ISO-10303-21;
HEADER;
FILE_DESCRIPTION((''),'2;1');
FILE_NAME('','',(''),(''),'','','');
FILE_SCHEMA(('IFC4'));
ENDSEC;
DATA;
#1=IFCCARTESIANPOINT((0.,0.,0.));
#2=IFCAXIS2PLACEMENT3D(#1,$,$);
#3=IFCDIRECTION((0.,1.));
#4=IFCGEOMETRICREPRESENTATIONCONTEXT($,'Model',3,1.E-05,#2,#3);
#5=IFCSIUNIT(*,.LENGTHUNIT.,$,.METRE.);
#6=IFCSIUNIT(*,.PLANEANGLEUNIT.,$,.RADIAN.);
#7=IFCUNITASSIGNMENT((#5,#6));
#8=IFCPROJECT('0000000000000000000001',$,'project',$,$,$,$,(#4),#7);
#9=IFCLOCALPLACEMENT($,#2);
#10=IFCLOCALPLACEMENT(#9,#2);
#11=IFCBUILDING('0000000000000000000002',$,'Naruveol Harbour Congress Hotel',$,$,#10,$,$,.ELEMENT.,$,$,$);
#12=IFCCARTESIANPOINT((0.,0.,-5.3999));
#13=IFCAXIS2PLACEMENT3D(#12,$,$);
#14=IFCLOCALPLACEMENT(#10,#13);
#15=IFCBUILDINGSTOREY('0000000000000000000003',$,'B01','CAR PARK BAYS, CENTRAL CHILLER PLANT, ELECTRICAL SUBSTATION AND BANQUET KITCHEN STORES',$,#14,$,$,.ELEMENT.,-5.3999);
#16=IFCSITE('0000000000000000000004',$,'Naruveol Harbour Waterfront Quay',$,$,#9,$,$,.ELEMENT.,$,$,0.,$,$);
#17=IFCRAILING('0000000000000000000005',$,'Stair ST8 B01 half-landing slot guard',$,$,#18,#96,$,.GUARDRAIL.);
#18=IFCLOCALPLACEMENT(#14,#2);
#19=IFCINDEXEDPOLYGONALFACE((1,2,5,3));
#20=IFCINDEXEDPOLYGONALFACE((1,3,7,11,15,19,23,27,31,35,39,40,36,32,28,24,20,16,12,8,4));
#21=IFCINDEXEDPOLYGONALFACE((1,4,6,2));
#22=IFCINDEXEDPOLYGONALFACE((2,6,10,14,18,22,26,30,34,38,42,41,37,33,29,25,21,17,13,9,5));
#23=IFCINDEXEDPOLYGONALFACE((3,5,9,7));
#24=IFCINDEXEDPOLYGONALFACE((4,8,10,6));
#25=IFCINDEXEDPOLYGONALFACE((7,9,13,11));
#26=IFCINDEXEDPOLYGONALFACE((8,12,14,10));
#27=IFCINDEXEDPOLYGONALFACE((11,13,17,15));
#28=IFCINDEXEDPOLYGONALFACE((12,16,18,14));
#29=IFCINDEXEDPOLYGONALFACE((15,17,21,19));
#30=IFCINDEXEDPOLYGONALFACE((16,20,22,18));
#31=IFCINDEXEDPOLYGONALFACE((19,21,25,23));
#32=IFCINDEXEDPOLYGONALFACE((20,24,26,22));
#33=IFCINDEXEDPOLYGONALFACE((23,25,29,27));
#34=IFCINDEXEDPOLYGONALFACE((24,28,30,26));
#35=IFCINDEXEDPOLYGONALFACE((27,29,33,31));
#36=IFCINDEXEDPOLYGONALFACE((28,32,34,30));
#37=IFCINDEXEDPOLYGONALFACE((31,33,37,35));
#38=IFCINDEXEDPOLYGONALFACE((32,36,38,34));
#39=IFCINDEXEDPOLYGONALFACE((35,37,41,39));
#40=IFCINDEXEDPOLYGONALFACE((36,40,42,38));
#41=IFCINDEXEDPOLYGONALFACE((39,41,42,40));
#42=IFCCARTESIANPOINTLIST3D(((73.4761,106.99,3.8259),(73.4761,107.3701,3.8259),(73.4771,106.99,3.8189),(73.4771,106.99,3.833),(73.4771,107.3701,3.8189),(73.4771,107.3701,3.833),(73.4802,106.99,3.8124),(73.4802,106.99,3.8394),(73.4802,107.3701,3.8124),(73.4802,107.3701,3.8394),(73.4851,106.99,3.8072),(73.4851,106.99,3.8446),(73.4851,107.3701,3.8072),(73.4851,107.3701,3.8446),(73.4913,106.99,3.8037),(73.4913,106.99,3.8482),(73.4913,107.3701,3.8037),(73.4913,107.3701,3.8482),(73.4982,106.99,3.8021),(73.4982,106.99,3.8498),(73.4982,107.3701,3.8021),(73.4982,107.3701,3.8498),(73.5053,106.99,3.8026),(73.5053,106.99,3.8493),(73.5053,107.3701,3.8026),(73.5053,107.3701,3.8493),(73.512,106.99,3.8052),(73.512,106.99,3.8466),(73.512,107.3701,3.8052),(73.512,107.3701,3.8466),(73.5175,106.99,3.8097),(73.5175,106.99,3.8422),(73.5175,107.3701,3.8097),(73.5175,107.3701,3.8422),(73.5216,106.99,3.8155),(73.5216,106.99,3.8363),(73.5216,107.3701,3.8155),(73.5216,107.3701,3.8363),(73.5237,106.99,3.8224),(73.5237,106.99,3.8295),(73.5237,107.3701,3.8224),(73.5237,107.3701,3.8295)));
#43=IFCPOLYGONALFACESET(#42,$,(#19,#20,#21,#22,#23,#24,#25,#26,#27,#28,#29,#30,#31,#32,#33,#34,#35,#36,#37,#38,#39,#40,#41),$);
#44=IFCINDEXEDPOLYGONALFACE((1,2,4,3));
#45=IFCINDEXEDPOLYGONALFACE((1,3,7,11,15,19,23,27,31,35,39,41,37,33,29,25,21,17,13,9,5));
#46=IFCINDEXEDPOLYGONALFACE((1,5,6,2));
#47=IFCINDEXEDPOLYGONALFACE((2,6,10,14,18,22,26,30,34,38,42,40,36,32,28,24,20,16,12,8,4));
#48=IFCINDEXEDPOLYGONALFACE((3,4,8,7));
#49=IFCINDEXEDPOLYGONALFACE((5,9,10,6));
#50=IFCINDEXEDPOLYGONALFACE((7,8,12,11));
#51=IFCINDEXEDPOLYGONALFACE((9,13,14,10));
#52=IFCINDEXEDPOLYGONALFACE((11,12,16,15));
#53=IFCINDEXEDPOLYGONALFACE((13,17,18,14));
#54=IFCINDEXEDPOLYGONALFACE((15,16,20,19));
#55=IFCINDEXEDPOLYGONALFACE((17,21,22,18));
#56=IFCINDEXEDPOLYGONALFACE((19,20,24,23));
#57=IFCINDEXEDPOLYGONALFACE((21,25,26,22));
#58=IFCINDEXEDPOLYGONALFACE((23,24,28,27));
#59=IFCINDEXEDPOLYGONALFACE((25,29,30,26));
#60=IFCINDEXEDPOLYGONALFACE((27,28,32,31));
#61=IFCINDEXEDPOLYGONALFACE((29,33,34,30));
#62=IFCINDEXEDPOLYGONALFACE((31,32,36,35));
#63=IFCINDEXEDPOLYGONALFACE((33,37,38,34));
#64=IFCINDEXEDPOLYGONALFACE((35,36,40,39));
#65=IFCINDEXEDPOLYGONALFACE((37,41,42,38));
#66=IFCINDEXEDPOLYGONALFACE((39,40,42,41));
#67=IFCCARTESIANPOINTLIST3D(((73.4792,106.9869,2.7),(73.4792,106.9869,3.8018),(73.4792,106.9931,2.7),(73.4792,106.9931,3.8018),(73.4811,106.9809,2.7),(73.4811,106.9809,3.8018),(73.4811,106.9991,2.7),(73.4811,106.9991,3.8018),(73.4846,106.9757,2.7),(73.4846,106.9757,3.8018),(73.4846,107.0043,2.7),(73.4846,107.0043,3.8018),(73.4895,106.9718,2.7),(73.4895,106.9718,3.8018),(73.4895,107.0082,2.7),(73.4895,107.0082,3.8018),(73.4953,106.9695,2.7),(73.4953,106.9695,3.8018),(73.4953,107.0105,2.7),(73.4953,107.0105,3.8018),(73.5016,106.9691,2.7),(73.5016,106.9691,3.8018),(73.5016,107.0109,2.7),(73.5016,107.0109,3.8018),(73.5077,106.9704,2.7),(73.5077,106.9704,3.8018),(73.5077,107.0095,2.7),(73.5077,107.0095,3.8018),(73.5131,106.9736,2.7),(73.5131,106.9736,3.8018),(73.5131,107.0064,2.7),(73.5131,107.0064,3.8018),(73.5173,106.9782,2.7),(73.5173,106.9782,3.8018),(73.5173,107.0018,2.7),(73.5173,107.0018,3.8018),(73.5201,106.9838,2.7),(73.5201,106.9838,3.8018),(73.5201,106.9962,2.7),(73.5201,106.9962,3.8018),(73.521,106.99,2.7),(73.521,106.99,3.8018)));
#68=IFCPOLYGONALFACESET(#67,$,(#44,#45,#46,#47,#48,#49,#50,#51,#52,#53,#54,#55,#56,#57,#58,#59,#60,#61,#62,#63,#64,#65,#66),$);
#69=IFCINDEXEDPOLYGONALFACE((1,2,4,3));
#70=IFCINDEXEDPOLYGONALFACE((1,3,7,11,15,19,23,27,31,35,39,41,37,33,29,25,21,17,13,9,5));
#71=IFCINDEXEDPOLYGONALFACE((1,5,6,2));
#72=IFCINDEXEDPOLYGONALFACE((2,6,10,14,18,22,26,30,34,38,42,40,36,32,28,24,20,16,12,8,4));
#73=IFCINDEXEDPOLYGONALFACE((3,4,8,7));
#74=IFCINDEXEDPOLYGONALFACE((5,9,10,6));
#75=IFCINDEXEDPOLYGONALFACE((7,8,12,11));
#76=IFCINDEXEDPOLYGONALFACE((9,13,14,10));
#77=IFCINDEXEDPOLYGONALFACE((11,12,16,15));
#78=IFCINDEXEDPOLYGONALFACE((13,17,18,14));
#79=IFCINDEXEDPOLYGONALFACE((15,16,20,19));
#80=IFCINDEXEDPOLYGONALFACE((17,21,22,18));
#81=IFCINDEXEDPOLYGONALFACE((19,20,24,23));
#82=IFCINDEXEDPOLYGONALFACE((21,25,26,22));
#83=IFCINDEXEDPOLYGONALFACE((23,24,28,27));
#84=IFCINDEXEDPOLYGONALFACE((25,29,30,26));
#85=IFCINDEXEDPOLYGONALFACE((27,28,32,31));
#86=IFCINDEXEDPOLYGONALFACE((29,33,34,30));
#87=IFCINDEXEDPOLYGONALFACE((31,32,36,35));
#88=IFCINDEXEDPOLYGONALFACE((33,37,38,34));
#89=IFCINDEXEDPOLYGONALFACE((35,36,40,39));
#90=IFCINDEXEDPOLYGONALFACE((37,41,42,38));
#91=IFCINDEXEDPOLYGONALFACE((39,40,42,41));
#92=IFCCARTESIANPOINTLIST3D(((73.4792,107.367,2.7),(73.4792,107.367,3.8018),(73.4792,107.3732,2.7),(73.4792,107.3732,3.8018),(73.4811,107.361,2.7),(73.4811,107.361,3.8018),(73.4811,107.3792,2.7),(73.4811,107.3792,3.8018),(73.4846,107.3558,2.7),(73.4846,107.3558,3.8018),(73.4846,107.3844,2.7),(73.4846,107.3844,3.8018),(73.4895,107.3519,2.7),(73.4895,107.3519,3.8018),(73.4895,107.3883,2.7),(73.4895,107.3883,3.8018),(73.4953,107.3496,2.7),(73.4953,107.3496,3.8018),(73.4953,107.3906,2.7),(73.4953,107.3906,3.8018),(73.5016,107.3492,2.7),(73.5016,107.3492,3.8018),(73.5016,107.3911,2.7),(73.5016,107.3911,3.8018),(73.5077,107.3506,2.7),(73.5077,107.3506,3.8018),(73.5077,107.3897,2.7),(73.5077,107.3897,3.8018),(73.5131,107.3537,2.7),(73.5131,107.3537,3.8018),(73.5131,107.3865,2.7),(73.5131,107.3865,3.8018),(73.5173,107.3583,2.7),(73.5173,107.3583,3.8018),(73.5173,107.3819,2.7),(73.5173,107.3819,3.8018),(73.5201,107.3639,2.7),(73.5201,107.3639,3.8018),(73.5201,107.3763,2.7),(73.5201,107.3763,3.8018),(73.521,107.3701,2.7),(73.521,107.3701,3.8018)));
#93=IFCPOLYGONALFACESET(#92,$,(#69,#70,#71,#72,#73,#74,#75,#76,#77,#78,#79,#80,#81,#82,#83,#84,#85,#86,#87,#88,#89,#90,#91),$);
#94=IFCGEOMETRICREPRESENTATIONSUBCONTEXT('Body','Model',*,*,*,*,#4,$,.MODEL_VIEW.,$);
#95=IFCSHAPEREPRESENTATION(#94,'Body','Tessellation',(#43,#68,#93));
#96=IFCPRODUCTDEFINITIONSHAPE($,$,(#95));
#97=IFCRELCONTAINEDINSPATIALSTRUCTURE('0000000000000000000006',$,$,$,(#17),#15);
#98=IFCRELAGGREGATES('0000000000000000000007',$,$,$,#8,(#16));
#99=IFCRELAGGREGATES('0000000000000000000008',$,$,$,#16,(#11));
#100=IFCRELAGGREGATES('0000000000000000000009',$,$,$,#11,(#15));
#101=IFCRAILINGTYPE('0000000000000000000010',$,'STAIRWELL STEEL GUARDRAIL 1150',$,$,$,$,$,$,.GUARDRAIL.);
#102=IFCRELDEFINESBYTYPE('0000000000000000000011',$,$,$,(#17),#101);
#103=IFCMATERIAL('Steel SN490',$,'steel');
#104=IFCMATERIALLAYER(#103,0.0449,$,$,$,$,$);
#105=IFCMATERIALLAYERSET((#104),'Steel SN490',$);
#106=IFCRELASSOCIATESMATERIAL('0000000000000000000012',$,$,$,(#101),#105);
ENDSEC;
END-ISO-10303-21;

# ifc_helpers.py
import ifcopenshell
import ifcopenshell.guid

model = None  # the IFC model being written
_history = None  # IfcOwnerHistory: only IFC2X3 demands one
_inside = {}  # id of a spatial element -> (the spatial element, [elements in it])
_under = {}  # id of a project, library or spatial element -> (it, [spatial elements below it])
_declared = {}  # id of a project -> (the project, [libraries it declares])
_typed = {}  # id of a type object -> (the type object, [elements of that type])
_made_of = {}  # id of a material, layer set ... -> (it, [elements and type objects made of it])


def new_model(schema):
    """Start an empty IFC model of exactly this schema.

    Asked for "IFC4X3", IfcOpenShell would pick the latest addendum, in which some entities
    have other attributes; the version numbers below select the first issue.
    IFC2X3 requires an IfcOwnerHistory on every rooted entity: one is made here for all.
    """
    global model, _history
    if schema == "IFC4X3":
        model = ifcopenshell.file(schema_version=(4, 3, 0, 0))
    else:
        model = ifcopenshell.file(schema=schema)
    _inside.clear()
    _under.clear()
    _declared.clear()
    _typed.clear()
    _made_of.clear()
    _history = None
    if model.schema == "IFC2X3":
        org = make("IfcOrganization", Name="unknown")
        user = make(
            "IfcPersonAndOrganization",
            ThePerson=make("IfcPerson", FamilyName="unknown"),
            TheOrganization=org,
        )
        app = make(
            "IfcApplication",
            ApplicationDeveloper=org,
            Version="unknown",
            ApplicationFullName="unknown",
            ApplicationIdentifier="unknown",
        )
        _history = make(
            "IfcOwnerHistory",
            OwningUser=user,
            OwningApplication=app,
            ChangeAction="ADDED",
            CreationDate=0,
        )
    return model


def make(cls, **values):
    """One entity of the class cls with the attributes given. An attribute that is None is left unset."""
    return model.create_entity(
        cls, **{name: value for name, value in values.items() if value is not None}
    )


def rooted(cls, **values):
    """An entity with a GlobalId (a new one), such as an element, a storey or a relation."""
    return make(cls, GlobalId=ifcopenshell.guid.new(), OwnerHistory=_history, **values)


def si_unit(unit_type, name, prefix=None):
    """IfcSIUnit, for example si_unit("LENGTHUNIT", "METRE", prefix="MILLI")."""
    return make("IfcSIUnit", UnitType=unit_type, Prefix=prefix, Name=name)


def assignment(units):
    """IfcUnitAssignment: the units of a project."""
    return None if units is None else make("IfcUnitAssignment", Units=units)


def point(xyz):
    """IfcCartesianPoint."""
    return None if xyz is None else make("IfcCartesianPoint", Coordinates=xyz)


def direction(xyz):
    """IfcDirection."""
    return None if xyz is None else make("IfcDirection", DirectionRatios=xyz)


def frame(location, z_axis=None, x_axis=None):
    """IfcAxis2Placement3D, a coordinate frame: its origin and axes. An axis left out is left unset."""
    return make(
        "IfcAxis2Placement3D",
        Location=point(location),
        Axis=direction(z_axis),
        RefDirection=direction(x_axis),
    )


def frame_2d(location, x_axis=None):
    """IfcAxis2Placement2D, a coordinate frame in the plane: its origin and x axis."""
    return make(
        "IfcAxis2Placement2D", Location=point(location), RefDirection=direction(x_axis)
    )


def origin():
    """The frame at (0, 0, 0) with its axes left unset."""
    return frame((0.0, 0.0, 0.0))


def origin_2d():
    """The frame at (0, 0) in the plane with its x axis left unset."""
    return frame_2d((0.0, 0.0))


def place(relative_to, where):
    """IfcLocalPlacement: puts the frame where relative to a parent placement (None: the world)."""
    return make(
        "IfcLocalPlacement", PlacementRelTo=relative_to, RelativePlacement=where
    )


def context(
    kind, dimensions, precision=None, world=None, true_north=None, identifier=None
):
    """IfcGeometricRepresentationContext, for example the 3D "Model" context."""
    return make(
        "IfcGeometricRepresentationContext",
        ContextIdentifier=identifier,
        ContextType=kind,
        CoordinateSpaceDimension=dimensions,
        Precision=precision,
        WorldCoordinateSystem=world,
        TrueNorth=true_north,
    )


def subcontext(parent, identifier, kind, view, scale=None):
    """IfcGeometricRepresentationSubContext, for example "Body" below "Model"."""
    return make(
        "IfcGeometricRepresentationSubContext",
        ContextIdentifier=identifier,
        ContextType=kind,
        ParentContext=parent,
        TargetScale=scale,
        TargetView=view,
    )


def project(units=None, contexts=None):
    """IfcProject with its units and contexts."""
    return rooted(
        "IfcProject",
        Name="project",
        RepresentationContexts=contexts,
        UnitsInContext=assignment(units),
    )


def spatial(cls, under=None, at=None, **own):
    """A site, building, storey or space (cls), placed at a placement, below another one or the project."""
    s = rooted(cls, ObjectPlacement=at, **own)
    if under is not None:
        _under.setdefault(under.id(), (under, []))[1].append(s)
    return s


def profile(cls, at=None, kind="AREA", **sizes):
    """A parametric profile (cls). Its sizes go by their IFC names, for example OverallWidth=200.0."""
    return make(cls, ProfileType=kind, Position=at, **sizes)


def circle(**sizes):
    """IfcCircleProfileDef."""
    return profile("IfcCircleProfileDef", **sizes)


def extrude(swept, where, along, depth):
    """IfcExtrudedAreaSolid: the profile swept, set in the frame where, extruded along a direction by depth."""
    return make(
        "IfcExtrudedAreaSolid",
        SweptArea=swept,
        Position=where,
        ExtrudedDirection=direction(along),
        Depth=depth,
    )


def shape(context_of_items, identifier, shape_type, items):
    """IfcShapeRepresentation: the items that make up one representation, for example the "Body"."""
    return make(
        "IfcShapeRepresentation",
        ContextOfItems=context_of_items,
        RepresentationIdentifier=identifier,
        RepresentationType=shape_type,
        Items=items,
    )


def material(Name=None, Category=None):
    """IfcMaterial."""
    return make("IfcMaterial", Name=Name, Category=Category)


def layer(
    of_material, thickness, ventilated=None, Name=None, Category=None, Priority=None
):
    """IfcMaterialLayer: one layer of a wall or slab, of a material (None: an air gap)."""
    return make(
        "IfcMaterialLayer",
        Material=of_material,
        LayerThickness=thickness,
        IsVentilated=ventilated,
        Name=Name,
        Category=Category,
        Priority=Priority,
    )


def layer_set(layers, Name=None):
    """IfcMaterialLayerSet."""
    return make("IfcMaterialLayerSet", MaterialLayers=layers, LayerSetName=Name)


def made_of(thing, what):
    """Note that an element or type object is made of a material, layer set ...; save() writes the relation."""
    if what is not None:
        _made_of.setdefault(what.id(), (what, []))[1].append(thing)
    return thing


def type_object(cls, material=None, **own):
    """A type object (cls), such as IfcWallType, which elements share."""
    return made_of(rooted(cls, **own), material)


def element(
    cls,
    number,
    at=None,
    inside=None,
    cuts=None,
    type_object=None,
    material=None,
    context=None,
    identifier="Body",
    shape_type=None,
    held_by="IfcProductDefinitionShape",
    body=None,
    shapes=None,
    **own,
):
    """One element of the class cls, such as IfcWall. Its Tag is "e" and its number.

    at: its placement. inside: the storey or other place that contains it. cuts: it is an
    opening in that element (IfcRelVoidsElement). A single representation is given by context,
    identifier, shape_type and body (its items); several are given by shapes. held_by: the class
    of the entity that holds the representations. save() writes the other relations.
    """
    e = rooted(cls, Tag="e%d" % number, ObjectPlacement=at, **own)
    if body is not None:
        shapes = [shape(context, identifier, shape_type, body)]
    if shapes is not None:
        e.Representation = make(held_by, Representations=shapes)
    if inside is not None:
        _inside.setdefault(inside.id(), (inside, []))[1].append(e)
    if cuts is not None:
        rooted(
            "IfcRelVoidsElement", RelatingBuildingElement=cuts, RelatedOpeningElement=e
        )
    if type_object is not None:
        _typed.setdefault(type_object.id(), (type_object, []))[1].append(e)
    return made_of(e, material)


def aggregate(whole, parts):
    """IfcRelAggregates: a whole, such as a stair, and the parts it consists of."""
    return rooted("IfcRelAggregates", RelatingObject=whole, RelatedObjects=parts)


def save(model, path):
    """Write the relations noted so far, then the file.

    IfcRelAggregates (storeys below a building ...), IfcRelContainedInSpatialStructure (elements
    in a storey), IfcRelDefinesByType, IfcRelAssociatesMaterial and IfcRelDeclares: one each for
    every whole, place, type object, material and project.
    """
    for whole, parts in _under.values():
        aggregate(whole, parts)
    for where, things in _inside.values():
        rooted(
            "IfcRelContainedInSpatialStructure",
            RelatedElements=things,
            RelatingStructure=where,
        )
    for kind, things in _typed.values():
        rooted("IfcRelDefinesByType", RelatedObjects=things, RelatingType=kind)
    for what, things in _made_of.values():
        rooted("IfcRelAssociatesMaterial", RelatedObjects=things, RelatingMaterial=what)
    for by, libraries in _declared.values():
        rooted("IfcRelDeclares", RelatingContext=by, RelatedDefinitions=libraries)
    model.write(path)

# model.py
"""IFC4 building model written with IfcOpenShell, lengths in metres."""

from ifc_helpers import new_model, si_unit, direction, frame, origin, origin_2d, place, context, subcontext, project, spatial, circle, extrude, material, layer, layer_set, type_object, element, save


model = new_model("IFC4")

# Units and contexts
model_context = context("Model", 3, precision=1e-05, world=origin(), true_north=direction((0.0, 1.0)))
body_context = subcontext(model_context, "Body", "Model", "MODEL_VIEW")
ifc_project = project(units=[si_unit("LENGTHUNIT", "METRE"), si_unit("PLANEANGLEUNIT", "RADIAN")], contexts=[model_context])

# Site, building, storey
site_placement = place(None, origin())
site = spatial("IfcSite", under=ifc_project, at=site_placement, Name="Naruveol Harbour Waterfront Quay", CompositionType="ELEMENT", RefElevation=0.0)
building_placement = place(site_placement, origin())
building = spatial("IfcBuilding", under=site, at=building_placement, Name="Naruveol Harbour Congress Hotel", CompositionType="ELEMENT")
storey_placement = place(building_placement, frame((0.0, 0.0, -5.3999)))
storey = spatial("IfcBuildingStorey", under=building, at=storey_placement, Name="B01", Description="CAR PARK BAYS, CENTRAL CHILLER PLANT, ELECTRICAL SUBSTATION AND BANQUET KITCHEN STORES", CompositionType="ELEMENT", Elevation=-5.3999)

# Railing
ifc_material_1 = material(Name="Steel SN490", Category="steel")
ifc_layer_1 = layer(ifc_material_1, 0.0449)
ifc_layer_set_1 = layer_set([ifc_layer_1], Name="Steel SN490")
railing_type_1 = type_object("IfcRailingType", Name="STAIRWELL STEEL GUARDRAIL 1150", PredefinedType="GUARDRAIL", material=ifc_layer_set_1)
railing_1_placement = place(storey_placement, frame((73.5, 106.99, 2.7)))
element("IfcRailing", 1, at=railing_1_placement, inside=storey, type_object=railing_type_1, Name="Stair ST8 B01 half-landing slot guard", PredefinedType="GUARDRAIL", context=body_context, shape_type="SweptSolid", body=[
    extrude(circle(Radius=0.0239, at=origin_2d()), frame((0.0, 0.0, 1.126), z_axis=(0.0, 1.0, 0.0), x_axis=(-1.0, 0.0, 0.0)), (0.0, 0.0, 1.0), 0.3801),
    extrude(circle(Radius=0.021, at=origin_2d()), origin(), (0.0, 0.0, 1.0), 1.1018),
    extrude(circle(Radius=0.021, at=origin_2d()), frame((0.0, 0.3801, 0.0)), (0.0, 0.0, 1.0), 1.1018),
])

save(model, "model.ifc")
